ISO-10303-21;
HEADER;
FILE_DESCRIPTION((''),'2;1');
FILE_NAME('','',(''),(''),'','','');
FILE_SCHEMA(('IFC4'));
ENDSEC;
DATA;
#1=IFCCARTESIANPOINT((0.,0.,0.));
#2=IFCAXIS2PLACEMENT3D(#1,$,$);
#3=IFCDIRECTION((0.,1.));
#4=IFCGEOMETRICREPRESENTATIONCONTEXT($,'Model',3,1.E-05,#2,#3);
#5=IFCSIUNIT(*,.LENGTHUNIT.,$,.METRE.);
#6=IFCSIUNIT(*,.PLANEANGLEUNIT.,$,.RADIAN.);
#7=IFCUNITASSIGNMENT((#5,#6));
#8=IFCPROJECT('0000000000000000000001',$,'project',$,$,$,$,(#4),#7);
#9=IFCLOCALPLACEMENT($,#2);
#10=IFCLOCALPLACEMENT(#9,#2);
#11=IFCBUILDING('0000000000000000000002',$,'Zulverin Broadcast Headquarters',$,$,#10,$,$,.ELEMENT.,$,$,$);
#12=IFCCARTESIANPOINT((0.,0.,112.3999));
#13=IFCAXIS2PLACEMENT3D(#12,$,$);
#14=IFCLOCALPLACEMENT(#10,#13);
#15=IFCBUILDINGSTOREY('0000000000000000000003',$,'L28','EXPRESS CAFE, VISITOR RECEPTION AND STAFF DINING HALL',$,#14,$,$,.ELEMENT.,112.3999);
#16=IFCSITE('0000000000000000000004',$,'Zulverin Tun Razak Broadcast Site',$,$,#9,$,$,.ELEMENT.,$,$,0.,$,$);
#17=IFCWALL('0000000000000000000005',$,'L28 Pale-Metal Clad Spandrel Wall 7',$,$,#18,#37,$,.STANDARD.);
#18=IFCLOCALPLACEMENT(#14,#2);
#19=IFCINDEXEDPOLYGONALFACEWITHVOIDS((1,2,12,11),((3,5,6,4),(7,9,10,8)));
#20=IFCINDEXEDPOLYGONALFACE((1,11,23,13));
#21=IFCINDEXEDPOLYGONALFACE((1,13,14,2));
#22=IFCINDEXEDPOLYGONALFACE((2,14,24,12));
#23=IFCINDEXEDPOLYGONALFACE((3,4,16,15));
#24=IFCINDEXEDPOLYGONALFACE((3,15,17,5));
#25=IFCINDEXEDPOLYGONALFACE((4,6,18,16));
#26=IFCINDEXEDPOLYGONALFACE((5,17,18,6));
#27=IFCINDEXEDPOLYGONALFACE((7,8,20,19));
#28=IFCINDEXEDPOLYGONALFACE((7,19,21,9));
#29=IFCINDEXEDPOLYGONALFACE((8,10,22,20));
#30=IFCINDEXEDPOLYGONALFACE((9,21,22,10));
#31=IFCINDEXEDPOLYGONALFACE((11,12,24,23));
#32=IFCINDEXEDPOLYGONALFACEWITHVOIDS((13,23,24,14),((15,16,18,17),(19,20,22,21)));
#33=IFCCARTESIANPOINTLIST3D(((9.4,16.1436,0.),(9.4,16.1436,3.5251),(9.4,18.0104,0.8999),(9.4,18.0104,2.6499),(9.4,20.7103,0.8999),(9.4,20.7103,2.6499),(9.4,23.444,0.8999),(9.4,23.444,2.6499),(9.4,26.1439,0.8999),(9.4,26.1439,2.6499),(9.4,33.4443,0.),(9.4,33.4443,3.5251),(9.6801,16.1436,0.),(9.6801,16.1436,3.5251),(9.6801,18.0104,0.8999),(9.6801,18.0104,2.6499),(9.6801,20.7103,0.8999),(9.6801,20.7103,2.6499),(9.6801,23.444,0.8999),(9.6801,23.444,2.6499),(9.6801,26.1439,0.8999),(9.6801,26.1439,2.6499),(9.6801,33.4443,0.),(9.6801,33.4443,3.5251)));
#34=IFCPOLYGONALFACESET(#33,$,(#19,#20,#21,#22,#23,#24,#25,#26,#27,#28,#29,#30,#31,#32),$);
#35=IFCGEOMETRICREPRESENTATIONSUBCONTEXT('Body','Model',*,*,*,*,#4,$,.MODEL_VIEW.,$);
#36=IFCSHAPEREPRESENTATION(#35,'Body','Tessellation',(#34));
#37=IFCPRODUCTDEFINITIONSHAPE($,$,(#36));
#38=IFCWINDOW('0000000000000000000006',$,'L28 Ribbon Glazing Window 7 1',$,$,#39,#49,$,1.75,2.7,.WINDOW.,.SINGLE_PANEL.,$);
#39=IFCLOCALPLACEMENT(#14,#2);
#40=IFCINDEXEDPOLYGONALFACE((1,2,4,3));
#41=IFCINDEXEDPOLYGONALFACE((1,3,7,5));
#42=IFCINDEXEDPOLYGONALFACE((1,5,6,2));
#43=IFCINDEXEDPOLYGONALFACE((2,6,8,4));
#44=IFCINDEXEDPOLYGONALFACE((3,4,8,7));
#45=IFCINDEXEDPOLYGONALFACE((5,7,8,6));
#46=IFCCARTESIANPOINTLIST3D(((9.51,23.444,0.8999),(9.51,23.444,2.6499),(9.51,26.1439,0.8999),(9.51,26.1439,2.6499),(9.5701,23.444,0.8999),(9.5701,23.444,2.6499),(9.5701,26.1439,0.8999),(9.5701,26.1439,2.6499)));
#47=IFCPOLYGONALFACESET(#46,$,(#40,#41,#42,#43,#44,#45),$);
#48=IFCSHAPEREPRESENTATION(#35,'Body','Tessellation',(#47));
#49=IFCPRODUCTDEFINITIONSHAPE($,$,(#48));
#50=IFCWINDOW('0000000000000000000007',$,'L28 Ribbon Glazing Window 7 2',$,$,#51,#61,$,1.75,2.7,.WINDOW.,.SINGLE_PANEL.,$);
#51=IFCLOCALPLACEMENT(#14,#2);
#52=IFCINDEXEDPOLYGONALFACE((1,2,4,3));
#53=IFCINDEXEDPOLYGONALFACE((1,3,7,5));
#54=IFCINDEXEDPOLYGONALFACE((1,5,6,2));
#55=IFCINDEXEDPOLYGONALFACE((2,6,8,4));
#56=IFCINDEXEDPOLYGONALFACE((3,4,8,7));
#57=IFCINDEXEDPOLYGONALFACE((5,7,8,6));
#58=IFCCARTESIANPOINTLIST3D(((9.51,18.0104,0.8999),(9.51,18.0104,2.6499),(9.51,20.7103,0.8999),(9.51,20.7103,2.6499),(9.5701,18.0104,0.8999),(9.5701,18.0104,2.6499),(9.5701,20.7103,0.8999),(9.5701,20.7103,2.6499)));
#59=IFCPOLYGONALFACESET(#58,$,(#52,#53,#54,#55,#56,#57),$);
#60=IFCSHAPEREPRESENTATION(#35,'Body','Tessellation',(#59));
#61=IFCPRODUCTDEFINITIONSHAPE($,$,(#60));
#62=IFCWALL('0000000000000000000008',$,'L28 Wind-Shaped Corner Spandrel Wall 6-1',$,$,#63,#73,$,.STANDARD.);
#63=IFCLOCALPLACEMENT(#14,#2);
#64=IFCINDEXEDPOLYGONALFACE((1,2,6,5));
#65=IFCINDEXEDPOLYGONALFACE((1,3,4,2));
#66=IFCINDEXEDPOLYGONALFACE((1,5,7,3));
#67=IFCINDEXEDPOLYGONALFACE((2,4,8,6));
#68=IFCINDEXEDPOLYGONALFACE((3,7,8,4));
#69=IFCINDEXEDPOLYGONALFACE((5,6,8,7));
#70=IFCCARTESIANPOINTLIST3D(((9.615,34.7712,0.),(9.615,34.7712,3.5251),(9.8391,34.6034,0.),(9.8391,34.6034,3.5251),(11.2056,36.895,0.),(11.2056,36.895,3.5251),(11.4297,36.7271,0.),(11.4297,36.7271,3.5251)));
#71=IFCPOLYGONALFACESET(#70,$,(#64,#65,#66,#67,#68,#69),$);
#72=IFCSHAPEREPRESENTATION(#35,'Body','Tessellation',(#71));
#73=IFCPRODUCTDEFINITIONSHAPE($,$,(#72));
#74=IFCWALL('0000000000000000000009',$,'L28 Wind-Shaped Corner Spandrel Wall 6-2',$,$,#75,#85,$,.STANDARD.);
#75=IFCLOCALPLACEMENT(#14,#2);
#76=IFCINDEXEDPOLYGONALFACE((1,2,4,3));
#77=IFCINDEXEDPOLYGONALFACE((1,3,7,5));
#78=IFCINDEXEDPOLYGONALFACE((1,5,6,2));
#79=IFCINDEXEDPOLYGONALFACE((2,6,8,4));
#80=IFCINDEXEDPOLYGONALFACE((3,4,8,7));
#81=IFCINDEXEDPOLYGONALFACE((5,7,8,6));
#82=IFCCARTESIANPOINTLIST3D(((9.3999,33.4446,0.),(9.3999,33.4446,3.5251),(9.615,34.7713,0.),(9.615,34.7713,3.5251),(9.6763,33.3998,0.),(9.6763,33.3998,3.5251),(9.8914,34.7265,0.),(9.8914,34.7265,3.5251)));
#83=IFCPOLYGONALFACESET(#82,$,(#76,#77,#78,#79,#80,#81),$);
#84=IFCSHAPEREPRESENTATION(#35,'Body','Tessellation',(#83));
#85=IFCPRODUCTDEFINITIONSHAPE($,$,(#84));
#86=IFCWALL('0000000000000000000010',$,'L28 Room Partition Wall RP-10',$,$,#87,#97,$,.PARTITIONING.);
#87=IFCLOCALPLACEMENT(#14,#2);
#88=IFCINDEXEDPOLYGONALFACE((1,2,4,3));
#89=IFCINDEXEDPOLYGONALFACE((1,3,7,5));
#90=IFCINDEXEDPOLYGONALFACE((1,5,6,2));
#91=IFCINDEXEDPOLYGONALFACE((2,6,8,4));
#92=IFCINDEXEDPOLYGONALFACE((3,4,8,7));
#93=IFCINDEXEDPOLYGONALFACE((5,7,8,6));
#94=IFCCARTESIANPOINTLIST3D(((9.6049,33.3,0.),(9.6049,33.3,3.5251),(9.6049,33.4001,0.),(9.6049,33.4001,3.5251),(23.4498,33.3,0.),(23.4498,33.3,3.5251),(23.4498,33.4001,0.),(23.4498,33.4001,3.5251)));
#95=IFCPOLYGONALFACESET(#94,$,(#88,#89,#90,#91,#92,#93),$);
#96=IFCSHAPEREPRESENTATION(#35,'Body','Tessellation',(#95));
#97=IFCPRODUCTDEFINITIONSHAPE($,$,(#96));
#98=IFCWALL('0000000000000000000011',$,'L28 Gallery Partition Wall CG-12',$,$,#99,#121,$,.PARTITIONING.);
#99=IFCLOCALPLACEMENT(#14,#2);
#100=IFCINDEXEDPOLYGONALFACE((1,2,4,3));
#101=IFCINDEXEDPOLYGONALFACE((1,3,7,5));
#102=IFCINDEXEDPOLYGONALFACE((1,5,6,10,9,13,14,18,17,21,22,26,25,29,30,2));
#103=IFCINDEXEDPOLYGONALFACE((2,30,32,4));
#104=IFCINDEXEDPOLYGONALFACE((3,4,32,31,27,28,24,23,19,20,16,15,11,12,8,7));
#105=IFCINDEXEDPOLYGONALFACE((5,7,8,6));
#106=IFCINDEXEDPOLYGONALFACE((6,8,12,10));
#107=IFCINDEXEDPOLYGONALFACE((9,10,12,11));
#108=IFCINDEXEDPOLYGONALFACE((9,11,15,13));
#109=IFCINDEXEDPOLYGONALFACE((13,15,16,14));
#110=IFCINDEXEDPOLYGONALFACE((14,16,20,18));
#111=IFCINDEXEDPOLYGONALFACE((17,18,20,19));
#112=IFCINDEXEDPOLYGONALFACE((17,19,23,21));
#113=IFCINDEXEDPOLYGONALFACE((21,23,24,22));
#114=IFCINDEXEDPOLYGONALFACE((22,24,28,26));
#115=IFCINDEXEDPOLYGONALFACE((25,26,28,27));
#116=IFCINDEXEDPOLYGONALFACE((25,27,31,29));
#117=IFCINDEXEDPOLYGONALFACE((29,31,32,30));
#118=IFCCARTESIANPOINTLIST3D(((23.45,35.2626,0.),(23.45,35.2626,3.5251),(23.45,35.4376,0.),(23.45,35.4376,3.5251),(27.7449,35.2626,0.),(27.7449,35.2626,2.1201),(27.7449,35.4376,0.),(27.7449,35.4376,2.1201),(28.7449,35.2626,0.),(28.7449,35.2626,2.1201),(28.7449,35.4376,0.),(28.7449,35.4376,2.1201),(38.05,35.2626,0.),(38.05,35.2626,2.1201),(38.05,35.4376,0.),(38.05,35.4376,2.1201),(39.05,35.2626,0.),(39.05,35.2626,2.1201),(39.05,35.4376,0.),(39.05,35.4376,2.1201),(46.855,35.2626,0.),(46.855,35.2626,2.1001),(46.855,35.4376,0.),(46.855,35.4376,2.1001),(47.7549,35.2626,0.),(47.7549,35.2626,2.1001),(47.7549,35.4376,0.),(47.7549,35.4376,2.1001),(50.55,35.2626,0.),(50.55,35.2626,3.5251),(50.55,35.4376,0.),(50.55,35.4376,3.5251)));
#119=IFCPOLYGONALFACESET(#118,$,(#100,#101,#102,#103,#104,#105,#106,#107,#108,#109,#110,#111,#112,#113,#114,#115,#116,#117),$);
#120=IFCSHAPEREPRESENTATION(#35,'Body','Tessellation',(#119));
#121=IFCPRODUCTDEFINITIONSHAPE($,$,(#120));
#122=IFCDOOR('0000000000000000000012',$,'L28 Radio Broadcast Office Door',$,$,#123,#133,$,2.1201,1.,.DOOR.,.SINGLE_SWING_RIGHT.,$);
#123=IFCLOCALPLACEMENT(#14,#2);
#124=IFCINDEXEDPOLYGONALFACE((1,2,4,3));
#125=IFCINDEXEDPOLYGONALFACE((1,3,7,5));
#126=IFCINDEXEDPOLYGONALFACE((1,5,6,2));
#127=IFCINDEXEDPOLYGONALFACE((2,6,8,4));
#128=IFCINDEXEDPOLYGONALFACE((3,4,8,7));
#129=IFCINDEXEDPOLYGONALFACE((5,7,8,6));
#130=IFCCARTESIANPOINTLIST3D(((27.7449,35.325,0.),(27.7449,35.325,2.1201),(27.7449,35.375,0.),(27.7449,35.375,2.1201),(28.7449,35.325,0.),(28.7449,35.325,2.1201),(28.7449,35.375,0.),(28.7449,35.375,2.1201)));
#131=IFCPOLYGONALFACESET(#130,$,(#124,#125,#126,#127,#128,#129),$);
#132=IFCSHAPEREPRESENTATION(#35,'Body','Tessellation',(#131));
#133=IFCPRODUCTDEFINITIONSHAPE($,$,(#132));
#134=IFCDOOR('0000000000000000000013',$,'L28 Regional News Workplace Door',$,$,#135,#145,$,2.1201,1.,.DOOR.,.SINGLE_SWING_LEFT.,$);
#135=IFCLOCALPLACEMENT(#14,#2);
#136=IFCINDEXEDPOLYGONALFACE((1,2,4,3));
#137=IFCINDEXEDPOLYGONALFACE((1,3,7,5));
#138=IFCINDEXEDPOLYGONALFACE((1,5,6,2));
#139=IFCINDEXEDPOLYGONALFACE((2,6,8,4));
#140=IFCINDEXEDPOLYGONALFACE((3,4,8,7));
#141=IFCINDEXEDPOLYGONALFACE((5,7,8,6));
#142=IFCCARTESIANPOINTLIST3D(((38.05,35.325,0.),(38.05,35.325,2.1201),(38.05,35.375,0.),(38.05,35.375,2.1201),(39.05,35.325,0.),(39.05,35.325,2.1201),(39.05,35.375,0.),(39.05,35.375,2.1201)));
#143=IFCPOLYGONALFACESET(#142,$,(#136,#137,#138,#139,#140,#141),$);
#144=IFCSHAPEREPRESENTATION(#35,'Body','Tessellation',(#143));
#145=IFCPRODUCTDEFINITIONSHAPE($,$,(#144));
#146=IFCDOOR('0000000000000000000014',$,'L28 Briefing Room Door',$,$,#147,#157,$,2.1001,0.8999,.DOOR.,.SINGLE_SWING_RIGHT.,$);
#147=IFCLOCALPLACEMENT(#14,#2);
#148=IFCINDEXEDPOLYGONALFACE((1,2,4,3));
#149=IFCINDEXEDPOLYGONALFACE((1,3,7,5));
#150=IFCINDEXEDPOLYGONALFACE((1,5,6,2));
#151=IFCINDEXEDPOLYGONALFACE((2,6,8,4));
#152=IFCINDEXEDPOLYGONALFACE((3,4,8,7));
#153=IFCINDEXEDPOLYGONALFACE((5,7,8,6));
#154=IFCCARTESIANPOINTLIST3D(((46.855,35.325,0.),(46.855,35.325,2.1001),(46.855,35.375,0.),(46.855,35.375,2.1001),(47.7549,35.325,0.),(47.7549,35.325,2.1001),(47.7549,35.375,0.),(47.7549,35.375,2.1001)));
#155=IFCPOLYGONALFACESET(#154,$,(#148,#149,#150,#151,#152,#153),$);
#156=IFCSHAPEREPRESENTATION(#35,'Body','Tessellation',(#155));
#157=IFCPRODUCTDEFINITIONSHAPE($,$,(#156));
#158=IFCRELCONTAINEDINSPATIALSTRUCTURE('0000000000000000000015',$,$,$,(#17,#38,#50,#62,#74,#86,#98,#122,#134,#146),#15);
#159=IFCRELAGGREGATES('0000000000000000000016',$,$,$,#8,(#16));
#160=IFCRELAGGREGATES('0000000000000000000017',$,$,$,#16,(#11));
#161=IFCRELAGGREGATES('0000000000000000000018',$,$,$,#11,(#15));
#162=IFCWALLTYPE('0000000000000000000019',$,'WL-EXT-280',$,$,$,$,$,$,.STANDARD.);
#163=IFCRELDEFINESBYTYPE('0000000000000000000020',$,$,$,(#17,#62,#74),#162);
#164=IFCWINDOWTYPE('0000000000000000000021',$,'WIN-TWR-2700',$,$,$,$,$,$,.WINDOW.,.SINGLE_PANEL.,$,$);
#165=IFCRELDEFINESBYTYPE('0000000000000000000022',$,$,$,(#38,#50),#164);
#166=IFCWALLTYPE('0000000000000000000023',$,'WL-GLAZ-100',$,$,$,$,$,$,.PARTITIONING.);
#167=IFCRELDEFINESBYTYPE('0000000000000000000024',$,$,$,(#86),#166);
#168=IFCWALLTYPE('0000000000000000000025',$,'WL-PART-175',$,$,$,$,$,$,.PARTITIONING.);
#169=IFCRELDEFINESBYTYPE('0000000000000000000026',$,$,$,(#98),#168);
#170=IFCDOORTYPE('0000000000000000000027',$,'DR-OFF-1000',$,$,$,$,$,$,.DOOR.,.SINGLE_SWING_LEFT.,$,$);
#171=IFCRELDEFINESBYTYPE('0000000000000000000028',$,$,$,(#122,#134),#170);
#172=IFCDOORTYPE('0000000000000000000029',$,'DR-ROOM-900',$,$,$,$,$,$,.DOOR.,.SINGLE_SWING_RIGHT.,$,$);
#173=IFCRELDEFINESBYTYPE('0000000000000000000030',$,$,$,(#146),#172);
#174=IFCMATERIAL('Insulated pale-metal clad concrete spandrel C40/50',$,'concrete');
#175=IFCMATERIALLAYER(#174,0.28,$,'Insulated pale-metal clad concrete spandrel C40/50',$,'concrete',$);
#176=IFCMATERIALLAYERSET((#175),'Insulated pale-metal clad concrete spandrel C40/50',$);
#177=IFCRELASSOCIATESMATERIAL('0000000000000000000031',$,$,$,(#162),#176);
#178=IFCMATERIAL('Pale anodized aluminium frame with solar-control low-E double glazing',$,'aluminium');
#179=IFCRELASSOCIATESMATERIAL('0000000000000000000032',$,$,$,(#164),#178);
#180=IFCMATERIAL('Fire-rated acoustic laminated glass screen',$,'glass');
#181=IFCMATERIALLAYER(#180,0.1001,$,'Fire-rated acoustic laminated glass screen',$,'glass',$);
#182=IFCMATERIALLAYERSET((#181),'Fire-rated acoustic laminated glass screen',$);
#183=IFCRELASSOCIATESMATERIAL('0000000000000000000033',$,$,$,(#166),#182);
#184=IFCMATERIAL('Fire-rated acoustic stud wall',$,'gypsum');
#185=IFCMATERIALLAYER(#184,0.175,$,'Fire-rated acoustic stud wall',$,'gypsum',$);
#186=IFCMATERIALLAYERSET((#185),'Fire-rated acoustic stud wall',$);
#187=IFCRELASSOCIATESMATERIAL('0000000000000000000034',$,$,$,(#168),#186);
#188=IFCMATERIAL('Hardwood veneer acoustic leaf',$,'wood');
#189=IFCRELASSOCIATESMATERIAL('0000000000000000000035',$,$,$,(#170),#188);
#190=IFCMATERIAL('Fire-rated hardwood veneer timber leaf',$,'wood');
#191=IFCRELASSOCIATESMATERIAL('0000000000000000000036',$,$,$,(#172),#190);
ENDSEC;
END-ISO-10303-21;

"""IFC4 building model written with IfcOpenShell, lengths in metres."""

from ifc_helpers import new_model, si_unit, direction, frame, frame_2d, origin, place, context, subcontext, project, spatial, rectangle, extrude, material, layer, layer_set, type_object, element, fill, save


model = new_model("IFC4")

# Units and contexts
model_context = context("Model", 3, precision=1e-05, world=origin(), true_north=direction((0.0, 1.0)))
body_context = subcontext(model_context, "Body", "Model", "MODEL_VIEW")
ifc_project = project(units=[si_unit("LENGTHUNIT", "METRE"), si_unit("PLANEANGLEUNIT", "RADIAN")], contexts=[model_context])

# Site, building, storey
site_placement = place(None, origin())
site = spatial("IfcSite", under=ifc_project, at=site_placement, Name="Zulverin Tun Razak Broadcast Site", CompositionType="ELEMENT", RefElevation=0.0)
building_placement = place(site_placement, origin())
building = spatial("IfcBuilding", under=site, at=building_placement, Name="Zulverin Broadcast Headquarters", CompositionType="ELEMENT")
storey_placement = place(building_placement, frame((0.0, 0.0, 112.3999)))
storey = spatial("IfcBuildingStorey", under=building, at=storey_placement, Name="L28", Description="EXPRESS CAFE, VISITOR RECEPTION AND STAFF DINING HALL", CompositionType="ELEMENT", Elevation=112.3999)

# Wall, openings, windows
ifc_material_1 = material(Name="Insulated pale-metal clad concrete spandrel C40/50", Category="concrete")
ifc_layer_1 = layer(ifc_material_1, 0.28, Name="Insulated pale-metal clad concrete spandrel C40/50", Category="concrete")
ifc_layer_set_1 = layer_set([ifc_layer_1], Name="Insulated pale-metal clad concrete spandrel C40/50")
wall_type_1 = type_object("IfcWallType", Name="WL-EXT-280", PredefinedType="STANDARD", material=ifc_layer_set_1)
wall_1_placement = place(storey_placement, frame((9.54, 33.4443, 0.0), z_axis=(0.0, 0.0, 1.0), x_axis=(0.0, -1.0, 0.0)))
wall_1 = element("IfcWall", 1, at=wall_1_placement, inside=storey, type_object=wall_type_1, Name="L28 Pale-Metal Clad Spandrel Wall 7", PredefinedType="STANDARD", context=body_context, shape_type="SweptSolid", body=[
    extrude(rectangle(XDim=17.3008, YDim=0.28, at=frame_2d((8.6504, 0.0))), origin(), (0.0, 0.0, 1.0), 3.5251),
])
opening_1_placement = place(wall_1_placement, frame((7.3003, 0.0, 0.8999)))
opening_1 = element("IfcOpeningElement", 2, at=opening_1_placement, cuts=wall_1, PredefinedType="OPENING", context=body_context, shape_type="SweptSolid", body=[
    extrude(rectangle(XDim=2.7, YDim=1.75, at=frame_2d((1.3501, 0.875))), frame((0.0, 0.1499, 0.0), z_axis=(0.0, -1.0, 0.0), x_axis=(1.0, 0.0, 0.0)), (0.0, 0.0, 1.0), 0.3),
])
opening_2_placement = place(wall_1_placement, frame((12.7339, 0.0, 0.8999)))
opening_2 = element("IfcOpeningElement", 3, at=opening_2_placement, cuts=wall_1, PredefinedType="OPENING", context=body_context, shape_type="SweptSolid", body=[
    extrude(rectangle(XDim=2.7, YDim=1.75, at=frame_2d((1.3501, 0.875))), frame((0.0, 0.1499, 0.0), z_axis=(0.0, -1.0, 0.0), x_axis=(1.0, 0.0, 0.0)), (0.0, 0.0, 1.0), 0.3),
])
ifc_material_2 = material(Name="Pale anodized aluminium frame with solar-control low-E double glazing", Category="aluminium")
window_type = type_object("IfcWindowType", Name="WIN-TWR-2700", PartitioningType="SINGLE_PANEL", PredefinedType="WINDOW", material=ifc_material_2)
window_1_placement = place(opening_1_placement, origin())
window_1 = element("IfcWindow", 4, at=window_1_placement, inside=storey, type_object=window_type, Name="L28 Ribbon Glazing Window 7 1", OverallHeight=1.75, OverallWidth=2.7, PartitioningType="SINGLE_PANEL", PredefinedType="WINDOW", context=body_context, shape_type="SweptSolid", body=[
    extrude(rectangle(XDim=2.7, YDim=1.75, at=frame_2d((1.3501, 0.875))), frame((0.0, 0.03, 0.0), z_axis=(0.0, -1.0, 0.0), x_axis=(1.0, 0.0, 0.0)), (0.0, 0.0, 1.0), 0.0601),
])
fill(opening_1, window_1)
window_2_placement = place(opening_2_placement, origin())
window_2 = element("IfcWindow", 5, at=window_2_placement, inside=storey, type_object=window_type, Name="L28 Ribbon Glazing Window 7 2", OverallHeight=1.75, OverallWidth=2.7, PartitioningType="SINGLE_PANEL", PredefinedType="WINDOW", context=body_context, shape_type="SweptSolid", body=[
    extrude(rectangle(XDim=2.7, YDim=1.75, at=frame_2d((1.3501, 0.875))), frame((0.0, 0.03, 0.0), z_axis=(0.0, -1.0, 0.0), x_axis=(1.0, 0.0, 0.0)), (0.0, 0.0, 1.0), 0.0601),
])
fill(opening_2, window_2)

# Walls
wall_2_placement = place(storey_placement, frame((11.3176, 36.811, 0.0), z_axis=(0.0, 0.0, 1.0), x_axis=(-0.599455, -0.800408, 0.0)))
element("IfcWall", 6, at=wall_2_placement, inside=storey, type_object=wall_type_1, Name="L28 Wind-Shaped Corner Spandrel Wall 6-1", PredefinedType="STANDARD", context=body_context, shape_type="SweptSolid", body=[
    extrude(rectangle(XDim=2.6533, YDim=0.28, at=frame_2d((1.3267, 0.0))), origin(), (0.0, 0.0, 1.0), 3.5251),
])
wall_3_placement = place(storey_placement, frame((9.7532, 34.7488, 0.0), z_axis=(0.0, 0.0, 1.0), x_axis=(-0.160038, -0.987111, 0.0)))
element("IfcWall", 7, at=wall_3_placement, inside=storey, type_object=wall_type_1, Name="L28 Wind-Shaped Corner Spandrel Wall 6-2", PredefinedType="STANDARD", context=body_context, shape_type="SweptSolid", body=[
    extrude(rectangle(XDim=1.344, YDim=0.28, at=frame_2d((0.6719, 0.0))), origin(), (0.0, 0.0, 1.0), 3.5251),
])
ifc_material_3 = material(Name="Fire-rated acoustic laminated glass screen", Category="glass")
ifc_layer_2 = layer(ifc_material_3, 0.1001, Name="Fire-rated acoustic laminated glass screen", Category="glass")
ifc_layer_set_2 = layer_set([ifc_layer_2], Name="Fire-rated acoustic laminated glass screen")
wall_type_2 = type_object("IfcWallType", Name="WL-GLAZ-100", PredefinedType="PARTITIONING", material=ifc_layer_set_2)
wall_4_placement = place(storey_placement, frame((9.605, 33.3501, 0.0), z_axis=(0.0, 0.0, 1.0), x_axis=(1.0, 0.0, 0.0)))
element("IfcWall", 8, at=wall_4_placement, inside=storey, type_object=wall_type_2, Name="L28 Room Partition Wall RP-10", PredefinedType="PARTITIONING", context=body_context, shape_type="SweptSolid", body=[
    extrude(rectangle(XDim=13.845, YDim=0.1001, at=frame_2d((6.9224, 0.0))), origin(), (0.0, 0.0, 1.0), 3.5251),
])

# Wall, openings, doors
ifc_material_4 = material(Name="Fire-rated acoustic stud wall", Category="gypsum")
ifc_layer_3 = layer(ifc_material_4, 0.175, Name="Fire-rated acoustic stud wall", Category="gypsum")
ifc_layer_set_3 = layer_set([ifc_layer_3], Name="Fire-rated acoustic stud wall")
wall_type_3 = type_object("IfcWallType", Name="WL-PART-175", PredefinedType="PARTITIONING", material=ifc_layer_set_3)
wall_5_placement = place(storey_placement, frame((23.45, 35.3501, 0.0), z_axis=(0.0, 0.0, 1.0), x_axis=(1.0, 0.0, 0.0)))
wall_5 = element("IfcWall", 9, at=wall_5_placement, inside=storey, type_object=wall_type_3, Name="L28 Gallery Partition Wall CG-12", PredefinedType="PARTITIONING", context=body_context, shape_type="SweptSolid", body=[
    extrude(rectangle(XDim=27.1001, YDim=0.175, at=frame_2d((13.55, 0.0))), origin(), (0.0, 0.0, 1.0), 3.5251),
])
opening_3_placement = place(wall_5_placement, frame((4.2949, 0.0, 0.0)))
opening_3 = element("IfcOpeningElement", 10, at=opening_3_placement, cuts=wall_5, PredefinedType="OPENING", context=body_context, shape_type="SweptSolid", body=[
    extrude(rectangle(XDim=1.0, YDim=2.1201, at=frame_2d((0.5, 1.0601))), frame((0.0, 0.0974, 0.0), z_axis=(0.0, -1.0, 0.0), x_axis=(1.0, 0.0, 0.0)), (0.0, 0.0, 1.0), 0.1951),
])
opening_4_placement = place(wall_5_placement, frame((14.6001, 0.0, 0.0)))
opening_4 = element("IfcOpeningElement", 11, at=opening_4_placement, cuts=wall_5, PredefinedType="OPENING", context=body_context, shape_type="SweptSolid", body=[
    extrude(rectangle(XDim=1.0, YDim=2.1201, at=frame_2d((0.5, 1.0601))), frame((0.0, 0.0974, 0.0), z_axis=(0.0, -1.0, 0.0), x_axis=(1.0, 0.0, 0.0)), (0.0, 0.0, 1.0), 0.1951),
])
opening_5_placement = place(wall_5_placement, frame((23.405, 0.0, 0.0)))
opening_5 = element("IfcOpeningElement", 12, at=opening_5_placement, cuts=wall_5, PredefinedType="OPENING", context=body_context, shape_type="SweptSolid", body=[
    extrude(rectangle(XDim=0.8999, YDim=2.1001, at=frame_2d((0.45, 1.05))), frame((0.0, 0.0974, 0.0), z_axis=(0.0, -1.0, 0.0), x_axis=(1.0, 0.0, 0.0)), (0.0, 0.0, 1.0), 0.1951),
])
ifc_material_5 = material(Name="Hardwood veneer acoustic leaf", Category="wood")
door_type_1 = type_object("IfcDoorType", Name="DR-OFF-1000", OperationType="SINGLE_SWING_LEFT", PredefinedType="DOOR", material=ifc_material_5)
door_1_placement = place(opening_3_placement, origin())
door_1 = element("IfcDoor", 13, at=door_1_placement, inside=storey, type_object=door_type_1, Name="L28 Radio Broadcast Office Door", OperationType="SINGLE_SWING_RIGHT", OverallHeight=2.1201, OverallWidth=1.0, PredefinedType="DOOR", context=body_context, shape_type="SweptSolid", body=[
    extrude(rectangle(XDim=1.0, YDim=2.1201, at=frame_2d((0.5, 1.0601))), frame((0.0, 0.0249, 0.0), z_axis=(0.0, -1.0, 0.0), x_axis=(1.0, 0.0, 0.0)), (0.0, 0.0, 1.0), 0.05),
])
fill(opening_3, door_1)
door_2_placement = place(opening_4_placement, origin())
door_2 = element("IfcDoor", 14, at=door_2_placement, inside=storey, type_object=door_type_1, Name="L28 Regional News Workplace Door", OperationType="SINGLE_SWING_LEFT", OverallHeight=2.1201, OverallWidth=1.0, PredefinedType="DOOR", context=body_context, shape_type="SweptSolid", body=[
    extrude(rectangle(XDim=1.0, YDim=2.1201, at=frame_2d((0.5, 1.0601))), frame((0.0, 0.0249, 0.0), z_axis=(0.0, -1.0, 0.0), x_axis=(1.0, 0.0, 0.0)), (0.0, 0.0, 1.0), 0.05),
])
fill(opening_4, door_2)
ifc_material_6 = material(Name="Fire-rated hardwood veneer timber leaf", Category="wood")
door_type_2 = type_object("IfcDoorType", Name="DR-ROOM-900", OperationType="SINGLE_SWING_RIGHT", PredefinedType="DOOR", material=ifc_material_6)
door_3_placement = place(opening_5_placement, origin())
door_3 = element("IfcDoor", 15, at=door_3_placement, inside=storey, type_object=door_type_2, Name="L28 Briefing Room Door", OperationType="SINGLE_SWING_RIGHT", OverallHeight=2.1001, OverallWidth=0.8999, PredefinedType="DOOR", context=body_context, shape_type="SweptSolid", body=[
    extrude(rectangle(XDim=0.8999, YDim=2.1001, at=frame_2d((0.45, 1.05))), frame((0.0, 0.0249, 0.0), z_axis=(0.0, -1.0, 0.0), x_axis=(1.0, 0.0, 0.0)), (0.0, 0.0, 1.0), 0.05),
])
fill(opening_5, door_3)

save(model, "model.ifc")
